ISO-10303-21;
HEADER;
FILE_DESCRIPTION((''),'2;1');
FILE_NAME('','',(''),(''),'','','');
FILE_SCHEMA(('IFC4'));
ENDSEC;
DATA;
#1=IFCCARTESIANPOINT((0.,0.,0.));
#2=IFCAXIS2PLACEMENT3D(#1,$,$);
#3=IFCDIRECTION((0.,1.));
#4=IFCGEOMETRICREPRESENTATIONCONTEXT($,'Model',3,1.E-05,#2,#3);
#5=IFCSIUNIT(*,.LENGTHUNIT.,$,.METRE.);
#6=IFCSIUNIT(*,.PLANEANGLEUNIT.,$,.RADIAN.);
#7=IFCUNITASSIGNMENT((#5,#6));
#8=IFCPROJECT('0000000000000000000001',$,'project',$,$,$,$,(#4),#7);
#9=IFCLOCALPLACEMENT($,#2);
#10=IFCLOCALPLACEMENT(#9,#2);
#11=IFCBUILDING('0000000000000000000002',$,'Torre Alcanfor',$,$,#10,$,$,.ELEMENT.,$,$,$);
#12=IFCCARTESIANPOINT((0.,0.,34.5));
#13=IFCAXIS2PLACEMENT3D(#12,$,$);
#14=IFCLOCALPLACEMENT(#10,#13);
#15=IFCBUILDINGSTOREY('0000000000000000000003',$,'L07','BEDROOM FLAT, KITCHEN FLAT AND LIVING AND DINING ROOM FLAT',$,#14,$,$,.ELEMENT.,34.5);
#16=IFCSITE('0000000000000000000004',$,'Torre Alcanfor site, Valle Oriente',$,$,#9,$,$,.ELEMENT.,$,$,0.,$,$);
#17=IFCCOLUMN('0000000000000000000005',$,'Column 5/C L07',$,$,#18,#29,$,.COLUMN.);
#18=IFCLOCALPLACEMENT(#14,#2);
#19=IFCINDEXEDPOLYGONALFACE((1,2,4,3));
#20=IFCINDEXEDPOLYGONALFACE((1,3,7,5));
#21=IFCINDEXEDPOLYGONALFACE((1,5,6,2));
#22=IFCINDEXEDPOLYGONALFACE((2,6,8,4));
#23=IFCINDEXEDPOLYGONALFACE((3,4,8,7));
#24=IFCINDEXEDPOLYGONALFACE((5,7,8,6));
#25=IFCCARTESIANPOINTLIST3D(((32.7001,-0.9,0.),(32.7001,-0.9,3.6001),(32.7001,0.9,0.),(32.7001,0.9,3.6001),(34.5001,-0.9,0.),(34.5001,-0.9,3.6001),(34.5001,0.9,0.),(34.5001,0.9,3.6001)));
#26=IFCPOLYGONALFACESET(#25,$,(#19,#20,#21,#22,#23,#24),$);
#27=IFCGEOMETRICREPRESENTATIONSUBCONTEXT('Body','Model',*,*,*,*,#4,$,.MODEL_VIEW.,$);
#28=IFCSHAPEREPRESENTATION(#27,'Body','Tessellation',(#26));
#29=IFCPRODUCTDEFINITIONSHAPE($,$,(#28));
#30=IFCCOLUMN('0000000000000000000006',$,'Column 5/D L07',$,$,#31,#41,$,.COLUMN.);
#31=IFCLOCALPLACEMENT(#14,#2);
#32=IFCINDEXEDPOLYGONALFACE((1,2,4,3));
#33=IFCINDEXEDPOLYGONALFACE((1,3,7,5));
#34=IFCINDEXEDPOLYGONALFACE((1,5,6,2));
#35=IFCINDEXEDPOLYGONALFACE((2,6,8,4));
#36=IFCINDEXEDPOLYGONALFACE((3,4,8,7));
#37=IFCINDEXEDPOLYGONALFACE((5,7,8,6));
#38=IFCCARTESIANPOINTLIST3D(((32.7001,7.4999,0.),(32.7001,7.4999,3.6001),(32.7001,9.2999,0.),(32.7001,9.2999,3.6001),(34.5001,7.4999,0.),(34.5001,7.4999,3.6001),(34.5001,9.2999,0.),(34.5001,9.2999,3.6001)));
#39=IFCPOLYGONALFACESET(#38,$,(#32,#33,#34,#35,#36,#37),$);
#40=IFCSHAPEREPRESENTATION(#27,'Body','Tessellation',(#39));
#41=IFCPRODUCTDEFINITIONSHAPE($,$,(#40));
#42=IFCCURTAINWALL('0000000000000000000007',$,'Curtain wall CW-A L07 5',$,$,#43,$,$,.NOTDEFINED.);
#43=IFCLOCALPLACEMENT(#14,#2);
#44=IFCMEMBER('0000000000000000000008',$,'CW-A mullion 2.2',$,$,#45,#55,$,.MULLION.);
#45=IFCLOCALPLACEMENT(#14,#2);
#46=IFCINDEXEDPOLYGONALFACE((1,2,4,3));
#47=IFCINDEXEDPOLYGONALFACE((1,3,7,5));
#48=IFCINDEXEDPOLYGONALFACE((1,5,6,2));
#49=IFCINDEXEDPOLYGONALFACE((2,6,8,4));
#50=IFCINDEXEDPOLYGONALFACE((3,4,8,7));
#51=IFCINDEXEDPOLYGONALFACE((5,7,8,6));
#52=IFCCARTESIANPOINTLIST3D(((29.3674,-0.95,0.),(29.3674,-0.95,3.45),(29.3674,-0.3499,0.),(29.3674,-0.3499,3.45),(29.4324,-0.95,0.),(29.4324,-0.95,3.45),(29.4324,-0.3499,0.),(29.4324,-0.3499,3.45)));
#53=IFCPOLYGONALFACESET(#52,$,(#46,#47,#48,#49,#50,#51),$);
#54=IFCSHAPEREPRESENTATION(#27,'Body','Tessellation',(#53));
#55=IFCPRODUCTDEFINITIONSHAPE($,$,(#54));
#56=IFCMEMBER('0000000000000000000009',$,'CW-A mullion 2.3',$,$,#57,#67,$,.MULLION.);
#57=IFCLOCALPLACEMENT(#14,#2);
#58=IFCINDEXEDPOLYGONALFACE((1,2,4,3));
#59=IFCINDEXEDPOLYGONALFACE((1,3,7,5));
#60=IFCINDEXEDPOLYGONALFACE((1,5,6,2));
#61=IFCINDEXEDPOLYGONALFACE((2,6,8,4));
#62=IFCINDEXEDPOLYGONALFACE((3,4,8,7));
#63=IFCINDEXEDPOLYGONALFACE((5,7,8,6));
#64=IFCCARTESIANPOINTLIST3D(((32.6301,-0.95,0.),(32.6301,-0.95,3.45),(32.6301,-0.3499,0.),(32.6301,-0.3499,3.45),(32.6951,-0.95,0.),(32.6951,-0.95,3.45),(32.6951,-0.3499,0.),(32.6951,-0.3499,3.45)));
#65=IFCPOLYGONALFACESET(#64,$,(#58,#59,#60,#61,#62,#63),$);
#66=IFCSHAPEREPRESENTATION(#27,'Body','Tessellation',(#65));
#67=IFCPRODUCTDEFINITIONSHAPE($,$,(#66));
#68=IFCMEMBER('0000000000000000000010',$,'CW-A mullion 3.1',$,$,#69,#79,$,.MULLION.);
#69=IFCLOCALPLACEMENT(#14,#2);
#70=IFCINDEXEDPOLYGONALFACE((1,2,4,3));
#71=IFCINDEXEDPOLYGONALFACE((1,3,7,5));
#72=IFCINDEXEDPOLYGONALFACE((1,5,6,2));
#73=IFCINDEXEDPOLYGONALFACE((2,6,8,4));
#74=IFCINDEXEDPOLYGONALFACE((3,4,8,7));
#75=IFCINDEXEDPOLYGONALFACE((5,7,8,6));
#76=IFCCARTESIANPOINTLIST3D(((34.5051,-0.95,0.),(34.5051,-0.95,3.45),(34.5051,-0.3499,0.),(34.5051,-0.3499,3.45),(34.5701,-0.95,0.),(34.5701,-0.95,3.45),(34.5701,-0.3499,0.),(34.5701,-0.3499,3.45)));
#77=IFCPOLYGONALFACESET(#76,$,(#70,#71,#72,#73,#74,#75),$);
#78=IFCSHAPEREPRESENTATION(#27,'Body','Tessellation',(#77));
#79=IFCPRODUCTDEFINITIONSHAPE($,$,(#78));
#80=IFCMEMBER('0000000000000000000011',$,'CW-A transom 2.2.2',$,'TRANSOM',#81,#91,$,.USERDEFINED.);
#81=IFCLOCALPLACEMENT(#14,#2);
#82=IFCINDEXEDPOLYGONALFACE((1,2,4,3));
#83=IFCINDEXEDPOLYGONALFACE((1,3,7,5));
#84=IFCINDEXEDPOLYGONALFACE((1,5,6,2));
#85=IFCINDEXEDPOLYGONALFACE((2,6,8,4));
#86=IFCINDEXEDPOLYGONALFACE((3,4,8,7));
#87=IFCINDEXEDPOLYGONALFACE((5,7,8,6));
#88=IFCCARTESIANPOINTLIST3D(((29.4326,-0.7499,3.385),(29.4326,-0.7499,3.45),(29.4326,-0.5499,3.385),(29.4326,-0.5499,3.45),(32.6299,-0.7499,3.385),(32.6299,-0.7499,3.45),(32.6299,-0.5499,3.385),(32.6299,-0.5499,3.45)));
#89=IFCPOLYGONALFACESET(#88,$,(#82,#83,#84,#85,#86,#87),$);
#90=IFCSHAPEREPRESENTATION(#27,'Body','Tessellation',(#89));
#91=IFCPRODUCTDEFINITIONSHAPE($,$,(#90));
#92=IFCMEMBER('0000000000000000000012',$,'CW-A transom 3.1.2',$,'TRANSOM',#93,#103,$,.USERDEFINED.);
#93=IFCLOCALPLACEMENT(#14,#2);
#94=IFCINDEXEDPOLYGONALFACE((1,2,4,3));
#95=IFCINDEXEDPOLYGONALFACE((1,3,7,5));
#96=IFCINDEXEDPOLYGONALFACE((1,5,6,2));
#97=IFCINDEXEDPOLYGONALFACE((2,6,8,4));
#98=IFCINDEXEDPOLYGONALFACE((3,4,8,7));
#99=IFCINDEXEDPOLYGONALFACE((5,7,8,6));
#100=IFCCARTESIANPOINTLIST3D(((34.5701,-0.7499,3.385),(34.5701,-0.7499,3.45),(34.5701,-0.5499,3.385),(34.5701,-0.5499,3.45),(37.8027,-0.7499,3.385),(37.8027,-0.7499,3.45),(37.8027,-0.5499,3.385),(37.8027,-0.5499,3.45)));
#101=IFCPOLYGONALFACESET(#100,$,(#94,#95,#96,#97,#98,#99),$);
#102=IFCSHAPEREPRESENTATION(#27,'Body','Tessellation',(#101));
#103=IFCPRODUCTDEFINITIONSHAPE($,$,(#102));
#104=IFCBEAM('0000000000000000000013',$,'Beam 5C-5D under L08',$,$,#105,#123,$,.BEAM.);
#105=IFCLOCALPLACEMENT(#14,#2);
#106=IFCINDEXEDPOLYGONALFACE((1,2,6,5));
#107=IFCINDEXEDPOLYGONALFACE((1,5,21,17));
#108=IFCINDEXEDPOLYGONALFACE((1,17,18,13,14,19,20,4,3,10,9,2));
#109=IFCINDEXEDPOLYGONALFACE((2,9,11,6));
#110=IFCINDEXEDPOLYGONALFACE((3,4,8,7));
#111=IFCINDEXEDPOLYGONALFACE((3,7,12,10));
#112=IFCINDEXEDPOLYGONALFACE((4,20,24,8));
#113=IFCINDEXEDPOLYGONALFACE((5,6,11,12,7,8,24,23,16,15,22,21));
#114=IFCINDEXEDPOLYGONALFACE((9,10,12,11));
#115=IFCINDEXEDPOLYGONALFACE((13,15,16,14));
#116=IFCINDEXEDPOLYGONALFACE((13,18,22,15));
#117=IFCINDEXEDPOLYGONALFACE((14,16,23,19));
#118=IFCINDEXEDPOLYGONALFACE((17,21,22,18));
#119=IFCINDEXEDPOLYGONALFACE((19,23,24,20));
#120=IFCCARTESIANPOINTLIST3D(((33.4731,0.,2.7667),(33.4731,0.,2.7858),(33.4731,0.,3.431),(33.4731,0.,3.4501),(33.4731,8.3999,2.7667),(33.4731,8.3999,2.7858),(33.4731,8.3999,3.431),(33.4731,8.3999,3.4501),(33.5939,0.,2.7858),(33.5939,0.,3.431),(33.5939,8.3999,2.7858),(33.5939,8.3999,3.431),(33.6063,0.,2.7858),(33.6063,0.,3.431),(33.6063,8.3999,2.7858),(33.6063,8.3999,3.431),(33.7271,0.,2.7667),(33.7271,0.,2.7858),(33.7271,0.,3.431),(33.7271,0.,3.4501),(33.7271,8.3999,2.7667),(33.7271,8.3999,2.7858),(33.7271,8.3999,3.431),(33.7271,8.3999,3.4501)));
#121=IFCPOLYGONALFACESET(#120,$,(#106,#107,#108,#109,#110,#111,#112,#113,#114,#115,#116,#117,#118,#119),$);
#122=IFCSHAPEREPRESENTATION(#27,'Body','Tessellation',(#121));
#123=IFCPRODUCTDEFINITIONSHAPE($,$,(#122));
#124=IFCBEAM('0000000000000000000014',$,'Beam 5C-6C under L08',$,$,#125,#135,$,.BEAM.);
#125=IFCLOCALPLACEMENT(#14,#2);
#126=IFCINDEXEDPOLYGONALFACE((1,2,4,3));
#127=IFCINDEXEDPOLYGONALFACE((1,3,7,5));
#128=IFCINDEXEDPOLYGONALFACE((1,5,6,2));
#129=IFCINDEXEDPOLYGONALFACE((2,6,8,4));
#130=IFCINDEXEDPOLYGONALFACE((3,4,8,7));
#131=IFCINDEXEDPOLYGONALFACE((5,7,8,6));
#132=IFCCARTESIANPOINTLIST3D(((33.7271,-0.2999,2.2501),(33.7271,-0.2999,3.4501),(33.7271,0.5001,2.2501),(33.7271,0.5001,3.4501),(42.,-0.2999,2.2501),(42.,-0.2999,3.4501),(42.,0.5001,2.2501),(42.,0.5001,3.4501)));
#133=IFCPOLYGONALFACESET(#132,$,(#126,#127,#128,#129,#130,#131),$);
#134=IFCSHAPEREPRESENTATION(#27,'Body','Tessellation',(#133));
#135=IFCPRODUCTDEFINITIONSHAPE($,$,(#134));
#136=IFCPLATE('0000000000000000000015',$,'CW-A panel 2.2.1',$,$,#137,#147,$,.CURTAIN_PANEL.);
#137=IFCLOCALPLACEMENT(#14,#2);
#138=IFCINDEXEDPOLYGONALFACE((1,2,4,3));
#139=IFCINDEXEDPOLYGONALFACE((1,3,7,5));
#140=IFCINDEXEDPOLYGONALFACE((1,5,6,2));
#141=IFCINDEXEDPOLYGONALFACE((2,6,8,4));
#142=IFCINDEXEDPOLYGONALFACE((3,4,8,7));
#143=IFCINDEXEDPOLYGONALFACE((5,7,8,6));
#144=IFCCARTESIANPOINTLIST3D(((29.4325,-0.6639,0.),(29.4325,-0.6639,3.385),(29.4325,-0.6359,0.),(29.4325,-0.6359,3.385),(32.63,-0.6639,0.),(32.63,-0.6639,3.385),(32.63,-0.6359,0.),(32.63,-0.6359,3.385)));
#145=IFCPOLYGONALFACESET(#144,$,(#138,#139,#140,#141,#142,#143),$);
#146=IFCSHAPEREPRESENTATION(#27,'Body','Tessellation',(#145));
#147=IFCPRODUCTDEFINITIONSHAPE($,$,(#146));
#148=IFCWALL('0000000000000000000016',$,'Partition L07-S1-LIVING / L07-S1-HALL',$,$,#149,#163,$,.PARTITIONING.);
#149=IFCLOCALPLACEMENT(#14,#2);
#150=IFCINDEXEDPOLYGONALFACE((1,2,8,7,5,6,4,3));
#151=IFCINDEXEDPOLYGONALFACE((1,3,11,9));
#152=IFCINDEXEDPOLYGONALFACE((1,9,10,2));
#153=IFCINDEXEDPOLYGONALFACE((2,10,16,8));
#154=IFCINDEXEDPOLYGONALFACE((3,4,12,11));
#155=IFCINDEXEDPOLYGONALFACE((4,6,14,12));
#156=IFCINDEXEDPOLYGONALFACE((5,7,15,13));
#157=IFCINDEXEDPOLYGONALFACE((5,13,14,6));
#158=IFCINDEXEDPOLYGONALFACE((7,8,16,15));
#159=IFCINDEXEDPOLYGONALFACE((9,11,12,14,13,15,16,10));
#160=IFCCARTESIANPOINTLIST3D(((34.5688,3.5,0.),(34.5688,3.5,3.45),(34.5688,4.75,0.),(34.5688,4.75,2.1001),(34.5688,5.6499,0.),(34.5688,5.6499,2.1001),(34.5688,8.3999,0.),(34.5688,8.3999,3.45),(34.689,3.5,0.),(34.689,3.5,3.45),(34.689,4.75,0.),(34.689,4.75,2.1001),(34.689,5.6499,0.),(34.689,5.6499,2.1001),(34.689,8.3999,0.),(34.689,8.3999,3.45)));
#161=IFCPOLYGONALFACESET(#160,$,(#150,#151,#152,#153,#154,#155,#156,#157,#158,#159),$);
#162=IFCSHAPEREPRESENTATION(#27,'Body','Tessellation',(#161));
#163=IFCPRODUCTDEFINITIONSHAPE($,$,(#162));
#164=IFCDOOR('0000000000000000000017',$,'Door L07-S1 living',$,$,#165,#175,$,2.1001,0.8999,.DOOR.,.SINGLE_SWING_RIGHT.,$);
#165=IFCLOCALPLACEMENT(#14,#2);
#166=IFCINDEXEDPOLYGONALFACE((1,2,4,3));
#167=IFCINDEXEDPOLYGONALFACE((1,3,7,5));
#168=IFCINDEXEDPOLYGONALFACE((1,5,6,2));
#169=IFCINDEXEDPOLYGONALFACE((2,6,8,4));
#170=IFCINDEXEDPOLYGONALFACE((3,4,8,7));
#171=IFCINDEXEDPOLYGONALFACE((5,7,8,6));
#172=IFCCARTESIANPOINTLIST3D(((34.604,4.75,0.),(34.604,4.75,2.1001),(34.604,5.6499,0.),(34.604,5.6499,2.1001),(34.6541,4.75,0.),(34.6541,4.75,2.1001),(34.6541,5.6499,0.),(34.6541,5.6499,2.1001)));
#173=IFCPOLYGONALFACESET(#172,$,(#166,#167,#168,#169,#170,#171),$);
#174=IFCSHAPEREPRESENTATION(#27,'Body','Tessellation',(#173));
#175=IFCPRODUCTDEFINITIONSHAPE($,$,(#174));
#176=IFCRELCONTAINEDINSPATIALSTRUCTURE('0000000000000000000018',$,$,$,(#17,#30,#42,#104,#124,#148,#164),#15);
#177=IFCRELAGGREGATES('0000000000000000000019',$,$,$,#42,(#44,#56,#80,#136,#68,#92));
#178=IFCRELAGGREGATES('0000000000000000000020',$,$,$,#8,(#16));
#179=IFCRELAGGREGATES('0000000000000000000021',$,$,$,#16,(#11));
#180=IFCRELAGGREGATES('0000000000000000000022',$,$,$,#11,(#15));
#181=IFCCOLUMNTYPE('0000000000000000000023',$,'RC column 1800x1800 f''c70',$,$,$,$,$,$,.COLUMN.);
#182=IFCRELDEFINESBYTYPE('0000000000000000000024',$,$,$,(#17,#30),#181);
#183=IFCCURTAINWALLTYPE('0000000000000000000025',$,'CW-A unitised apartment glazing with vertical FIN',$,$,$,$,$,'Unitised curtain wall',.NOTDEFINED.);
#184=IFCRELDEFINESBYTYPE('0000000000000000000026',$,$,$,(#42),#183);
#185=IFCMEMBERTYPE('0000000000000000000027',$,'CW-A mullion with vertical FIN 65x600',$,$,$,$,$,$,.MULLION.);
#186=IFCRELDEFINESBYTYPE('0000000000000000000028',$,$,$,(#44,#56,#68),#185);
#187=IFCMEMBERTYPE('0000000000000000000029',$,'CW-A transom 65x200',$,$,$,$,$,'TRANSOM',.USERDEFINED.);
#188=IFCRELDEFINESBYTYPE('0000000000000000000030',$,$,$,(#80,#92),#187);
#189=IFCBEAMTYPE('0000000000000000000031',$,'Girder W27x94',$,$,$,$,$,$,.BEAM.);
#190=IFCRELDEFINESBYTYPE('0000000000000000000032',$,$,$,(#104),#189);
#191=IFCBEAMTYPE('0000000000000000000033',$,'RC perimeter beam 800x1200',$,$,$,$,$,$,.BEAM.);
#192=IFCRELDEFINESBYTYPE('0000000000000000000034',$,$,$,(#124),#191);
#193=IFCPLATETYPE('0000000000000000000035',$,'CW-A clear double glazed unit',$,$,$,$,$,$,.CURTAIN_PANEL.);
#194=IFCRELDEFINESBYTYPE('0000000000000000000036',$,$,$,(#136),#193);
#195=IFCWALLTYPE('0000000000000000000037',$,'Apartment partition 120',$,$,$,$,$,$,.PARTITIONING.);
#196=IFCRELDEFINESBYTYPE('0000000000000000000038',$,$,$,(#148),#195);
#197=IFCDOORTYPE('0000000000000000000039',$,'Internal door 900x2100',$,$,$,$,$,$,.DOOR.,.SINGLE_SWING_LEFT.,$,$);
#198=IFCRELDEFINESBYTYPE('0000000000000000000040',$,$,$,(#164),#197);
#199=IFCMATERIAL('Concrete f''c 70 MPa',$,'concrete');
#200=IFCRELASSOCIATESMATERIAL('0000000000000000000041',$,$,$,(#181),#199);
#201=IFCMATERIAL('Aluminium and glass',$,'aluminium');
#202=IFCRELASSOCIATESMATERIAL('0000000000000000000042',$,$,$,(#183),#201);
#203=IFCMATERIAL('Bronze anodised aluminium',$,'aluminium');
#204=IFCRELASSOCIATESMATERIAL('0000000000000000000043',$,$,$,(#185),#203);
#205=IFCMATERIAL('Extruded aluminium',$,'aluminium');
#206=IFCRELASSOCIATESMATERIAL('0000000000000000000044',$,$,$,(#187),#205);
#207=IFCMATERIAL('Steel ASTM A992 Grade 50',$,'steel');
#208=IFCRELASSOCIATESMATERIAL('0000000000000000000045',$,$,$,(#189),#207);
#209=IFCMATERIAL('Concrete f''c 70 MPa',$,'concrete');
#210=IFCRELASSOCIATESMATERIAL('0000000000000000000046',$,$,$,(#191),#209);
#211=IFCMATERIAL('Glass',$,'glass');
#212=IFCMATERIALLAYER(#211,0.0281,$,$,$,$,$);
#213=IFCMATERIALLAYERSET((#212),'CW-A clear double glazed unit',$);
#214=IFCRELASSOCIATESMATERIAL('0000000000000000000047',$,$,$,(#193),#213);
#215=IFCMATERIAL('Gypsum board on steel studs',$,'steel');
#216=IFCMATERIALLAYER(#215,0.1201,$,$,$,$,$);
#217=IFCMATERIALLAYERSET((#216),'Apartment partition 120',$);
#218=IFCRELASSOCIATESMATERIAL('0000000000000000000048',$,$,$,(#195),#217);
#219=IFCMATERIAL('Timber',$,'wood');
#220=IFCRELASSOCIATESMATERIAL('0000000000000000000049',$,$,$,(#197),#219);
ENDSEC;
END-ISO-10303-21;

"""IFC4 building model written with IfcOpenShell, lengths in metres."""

from ifc_helpers import new_model, si_unit, direction, frame, frame_2d, origin, origin_2d, place, context, subcontext, project, spatial, rectangle, i_section, extrude, material, layer, layer_set, material_profile, profile_set, type_object, element, fill, aggregate, save


model = new_model("IFC4")

# Units and contexts
model_context = context("Model", 3, precision=1e-05, world=origin(), true_north=direction((0.0, 1.0)))
body_context = subcontext(model_context, "Body", "Model", "MODEL_VIEW")
ifc_project = project(units=[si_unit("LENGTHUNIT", "METRE"), si_unit("PLANEANGLEUNIT", "RADIAN")], contexts=[model_context])

# Site, building, storey
site_placement = place(None, origin())
site = spatial("IfcSite", under=ifc_project, at=site_placement, Name="Torre Alcanfor site, Valle Oriente", CompositionType="ELEMENT", RefElevation=0.0)
building_placement = place(site_placement, origin())
building = spatial("IfcBuilding", under=site, at=building_placement, Name="Torre Alcanfor", CompositionType="ELEMENT")
storey_placement = place(building_placement, frame((0.0, 0.0, 34.5)))
storey = spatial("IfcBuildingStorey", under=building, at=storey_placement, Name="L07", Description="BEDROOM FLAT, KITCHEN FLAT AND LIVING AND DINING ROOM FLAT", CompositionType="ELEMENT", Elevation=34.5)

# Columns
ifc_material_1 = material(Name="Concrete f'c 70 MPa", Category="concrete")
ifc_material_profile_1 = material_profile(ifc_material_1, rectangle(XDim=1.8, YDim=1.8, at=origin_2d()), Name="1800x1800")
ifc_profile_set_1 = profile_set([ifc_material_profile_1], Name="Concrete f'c 70 MPa")
column_type = type_object("IfcColumnType", Name="RC column 1800x1800 f'c70", PredefinedType="COLUMN", material=ifc_profile_set_1)
for number, where, z_axis, x_axis, name in (
    (1, (33.6001, 0.0, 0.0), (0.0, 0.0, 1.0), (1.0, 0.0, 0.0), "Column 5/C L07"),
    (2, (33.6001, 8.3999, 0.0), (0.0, 0.0, 1.0), (1.0, 0.0, 0.0), "Column 5/D L07"),
):
    element("IfcColumn", number, at=place(storey_placement, frame(where, z_axis=z_axis, x_axis=x_axis)), inside=storey, type_object=column_type, Name=name, PredefinedType="COLUMN", context=body_context, shape_type="SweptSolid", body=[
        extrude(rectangle(XDim=1.8, YDim=1.8, at=origin_2d()), origin(), (0.0, 0.0, 1.0), 3.6001),
    ])

# Curtain wall, members
ifc_material_2 = material(Name="Aluminium and glass", Category="aluminium")
curtain_wall_type = type_object("IfcCurtainWallType", Name="CW-A unitised apartment glazing with vertical FIN", ElementType="Unitised curtain wall", PredefinedType="NOTDEFINED", material=ifc_material_2)
curtain_wall_placement = place(storey_placement, origin())
curtain_wall = element("IfcCurtainWall", 3, at=curtain_wall_placement, inside=storey, type_object=curtain_wall_type, Name="Curtain wall CW-A L07 5", PredefinedType="NOTDEFINED")
ifc_material_3 = material(Name="Bronze anodised aluminium", Category="aluminium")
ifc_material_profile_2 = material_profile(ifc_material_3, rectangle(XDim=0.6001, YDim=0.0649, at=origin_2d()), Name="CW-A mullion 65x600")
ifc_profile_set_2 = profile_set([ifc_material_profile_2], Name="Bronze anodised aluminium")
member_type_1 = type_object("IfcMemberType", Name="CW-A mullion with vertical FIN 65x600", PredefinedType="MULLION", material=ifc_profile_set_2)
member_1_placement = place(storey_placement, frame((29.3999, -0.6499, 0.0), z_axis=(0.0, 0.0, 1.0), x_axis=(0.0, 1.0, 0.0)))
member_1 = element("IfcMember", 4, at=member_1_placement, type_object=member_type_1, Name="CW-A mullion 2.2", PredefinedType="MULLION", context=body_context, shape_type="SweptSolid", body=[
    extrude(rectangle(XDim=0.6001, YDim=0.0649, at=origin_2d()), origin(), (0.0, 0.0, 1.0), 3.45),
])
member_2_placement = place(storey_placement, frame((32.6626, -0.6499, 0.0), z_axis=(0.0, 0.0, 1.0), x_axis=(0.0, 1.0, 0.0)))
member_2 = element("IfcMember", 5, at=member_2_placement, type_object=member_type_1, Name="CW-A mullion 2.3", PredefinedType="MULLION", context=body_context, shape_type="SweptSolid", body=[
    extrude(rectangle(XDim=0.6001, YDim=0.0649, at=origin_2d()), origin(), (0.0, 0.0, 1.0), 3.45),
])
member_3_placement = place(storey_placement, frame((34.5376, -0.6499, 0.0), z_axis=(0.0, 0.0, 1.0), x_axis=(0.0, 1.0, 0.0)))
member_3 = element("IfcMember", 6, at=member_3_placement, type_object=member_type_1, Name="CW-A mullion 3.1", PredefinedType="MULLION", context=body_context, shape_type="SweptSolid", body=[
    extrude(rectangle(XDim=0.6001, YDim=0.0649, at=origin_2d()), origin(), (0.0, 0.0, 1.0), 3.45),
])
ifc_material_4 = material(Name="Extruded aluminium", Category="aluminium")
ifc_material_profile_3 = material_profile(ifc_material_4, rectangle(XDim=0.2, YDim=0.0649, at=origin_2d()), Name="CW-A transom 200x65")
ifc_profile_set_3 = profile_set([ifc_material_profile_3], Name="Extruded aluminium")
member_type_2 = type_object("IfcMemberType", Name="CW-A transom 65x200", ElementType="TRANSOM", PredefinedType="USERDEFINED", material=ifc_profile_set_3)
member_4_placement = place(storey_placement, frame((29.4326, -0.6499, 3.4175), z_axis=(1.0, 0.0, 0.0), x_axis=(0.0, 1.0, 0.0)))
member_4 = element("IfcMember", 7, at=member_4_placement, type_object=member_type_2, Name="CW-A transom 2.2.2", ObjectType="TRANSOM", PredefinedType="USERDEFINED", context=body_context, shape_type="SweptSolid", body=[
    extrude(rectangle(XDim=0.2, YDim=0.0649, at=origin_2d()), origin(), (0.0, 0.0, 1.0), 3.1973),
])
member_5_placement = place(storey_placement, frame((34.5701, -0.6499, 3.4175), z_axis=(1.0, 0.0, 0.0), x_axis=(0.0, 1.0, 0.0)))
member_5 = element("IfcMember", 8, at=member_5_placement, type_object=member_type_2, Name="CW-A transom 3.1.2", ObjectType="TRANSOM", PredefinedType="USERDEFINED", context=body_context, shape_type="SweptSolid", body=[
    extrude(rectangle(XDim=0.2, YDim=0.0649, at=origin_2d()), origin(), (0.0, 0.0, 1.0), 3.2327),
])

# Beams
ifc_material_5 = material(Name="Steel ASTM A992 Grade 50", Category="steel")
ifc_material_profile_4 = material_profile(ifc_material_5, i_section(OverallWidth=0.2539, OverallDepth=0.6833, WebThickness=0.0125, FlangeThickness=0.019, at=origin_2d()), Name="W27x94")
ifc_profile_set_4 = profile_set([ifc_material_profile_4], Name="Steel ASTM A992 Grade 50")
beam_type_1 = type_object("IfcBeamType", Name="Girder W27x94", PredefinedType="BEAM", material=ifc_profile_set_4)
beam_1_placement = place(storey_placement, frame((33.6001, 0.0, 3.1084), z_axis=(0.0, 1.0, 0.0), x_axis=(-1.0, 0.0, 0.0)))
element("IfcBeam", 9, at=beam_1_placement, inside=storey, type_object=beam_type_1, Name="Beam 5C-5D under L08", PredefinedType="BEAM", context=body_context, shape_type="SweptSolid", body=[
    extrude(i_section(OverallWidth=0.2539, OverallDepth=0.6833, WebThickness=0.0125, FlangeThickness=0.019, at=origin_2d()), origin(), (0.0, 0.0, 1.0), 8.3999),
])
ifc_material_6 = material(Name="Concrete f'c 70 MPa", Category="concrete")
ifc_material_profile_5 = material_profile(ifc_material_6, rectangle(XDim=0.8, YDim=1.2, at=origin_2d()), Name="800x1200")
ifc_profile_set_5 = profile_set([ifc_material_profile_5], Name="Concrete f'c 70 MPa")
beam_type_2 = type_object("IfcBeamType", Name="RC perimeter beam 800x1200", PredefinedType="BEAM", material=ifc_profile_set_5)
beam_2_placement = place(storey_placement, frame((33.7271, 0.1001, 2.8501), z_axis=(1.0, 0.0, 0.0), x_axis=(0.0, 1.0, 0.0)))
element("IfcBeam", 10, at=beam_2_placement, inside=storey, type_object=beam_type_2, Name="Beam 5C-6C under L08", PredefinedType="BEAM", context=body_context, shape_type="SweptSolid", body=[
    extrude(rectangle(XDim=0.8, YDim=1.2, at=origin_2d()), origin(), (0.0, 0.0, 1.0), 8.2729),
])

# Plate
ifc_material_7 = material(Name="Glass", Category="glass")
ifc_layer_1 = layer(ifc_material_7, 0.0281)
ifc_layer_set_1 = layer_set([ifc_layer_1], Name="CW-A clear double glazed unit")
plate_type = type_object("IfcPlateType", Name="CW-A clear double glazed unit", PredefinedType="CURTAIN_PANEL", material=ifc_layer_set_1)
plate_placement = place(storey_placement, frame((31.0312, -0.6499, 0.0), z_axis=(0.0, 0.0, 1.0), x_axis=(1.0, 0.0, 0.0)))
plate = element("IfcPlate", 11, at=plate_placement, type_object=plate_type, Name="CW-A panel 2.2.1", PredefinedType="CURTAIN_PANEL", context=body_context, shape_type="SweptSolid", body=[
    extrude(rectangle(XDim=3.1975, YDim=0.0281, at=origin_2d()), origin(), (0.0, 0.0, 1.0), 3.385),
])
aggregate(curtain_wall, [member_1, member_2, member_4, plate, member_3, member_5])

# Wall, opening, door
ifc_material_8 = material(Name="Gypsum board on steel studs", Category="steel")
ifc_layer_2 = layer(ifc_material_8, 0.1201)
ifc_layer_set_2 = layer_set([ifc_layer_2], Name="Apartment partition 120")
wall_type_1 = type_object("IfcWallType", Name="Apartment partition 120", PredefinedType="PARTITIONING", material=ifc_layer_set_2)
wall_1_placement = place(storey_placement, frame((34.6289, 3.5, 0.0), z_axis=(0.0, 0.0, 1.0), x_axis=(0.0, 1.0, 0.0)))
wall_1 = element("IfcWall", 12, at=wall_1_placement, inside=storey, type_object=wall_type_1, Name="Partition L07-S1-LIVING / L07-S1-HALL", PredefinedType="PARTITIONING", context=body_context, shape_type="SweptSolid", body=[
    extrude(rectangle(XDim=4.8999, YDim=0.1201, at=frame_2d((2.45, 0.0))), origin(), (0.0, 0.0, 1.0), 3.45),
])
opening_1_placement = place(wall_1_placement, frame((1.25, 0.0, 0.0)))
opening_1 = element("IfcOpeningElement", 13, at=opening_1_placement, cuts=wall_1, PredefinedType="OPENING", context=body_context, shape_type="SweptSolid", body=[
    extrude(rectangle(XDim=0.8999, YDim=2.1001, at=frame_2d((0.45, 1.05))), frame((0.0, 0.0701, 0.0), z_axis=(0.0, -1.0, 0.0), x_axis=(1.0, 0.0, 0.0)), (0.0, 0.0, 1.0), 0.1401),
])
ifc_material_9 = material(Name="Timber", Category="wood")
door_type = type_object("IfcDoorType", Name="Internal door 900x2100", OperationType="SINGLE_SWING_LEFT", PredefinedType="DOOR", material=ifc_material_9)
door_1_placement = place(opening_1_placement, origin())
door_1 = element("IfcDoor", 14, at=door_1_placement, inside=storey, type_object=door_type, Name="Door L07-S1 living", OperationType="SINGLE_SWING_RIGHT", OverallHeight=2.1001, OverallWidth=0.8999, PredefinedType="DOOR", context=body_context, shape_type="SweptSolid", body=[
    extrude(rectangle(XDim=0.8999, YDim=2.1001, at=frame_2d((0.45, 1.05))), frame((0.0, 0.0249, 0.0), z_axis=(0.0, -1.0, 0.0), x_axis=(1.0, 0.0, 0.0)), (0.0, 0.0, 1.0), 0.05),
])
fill(opening_1, door_1)

save(model, "model.ifc")
